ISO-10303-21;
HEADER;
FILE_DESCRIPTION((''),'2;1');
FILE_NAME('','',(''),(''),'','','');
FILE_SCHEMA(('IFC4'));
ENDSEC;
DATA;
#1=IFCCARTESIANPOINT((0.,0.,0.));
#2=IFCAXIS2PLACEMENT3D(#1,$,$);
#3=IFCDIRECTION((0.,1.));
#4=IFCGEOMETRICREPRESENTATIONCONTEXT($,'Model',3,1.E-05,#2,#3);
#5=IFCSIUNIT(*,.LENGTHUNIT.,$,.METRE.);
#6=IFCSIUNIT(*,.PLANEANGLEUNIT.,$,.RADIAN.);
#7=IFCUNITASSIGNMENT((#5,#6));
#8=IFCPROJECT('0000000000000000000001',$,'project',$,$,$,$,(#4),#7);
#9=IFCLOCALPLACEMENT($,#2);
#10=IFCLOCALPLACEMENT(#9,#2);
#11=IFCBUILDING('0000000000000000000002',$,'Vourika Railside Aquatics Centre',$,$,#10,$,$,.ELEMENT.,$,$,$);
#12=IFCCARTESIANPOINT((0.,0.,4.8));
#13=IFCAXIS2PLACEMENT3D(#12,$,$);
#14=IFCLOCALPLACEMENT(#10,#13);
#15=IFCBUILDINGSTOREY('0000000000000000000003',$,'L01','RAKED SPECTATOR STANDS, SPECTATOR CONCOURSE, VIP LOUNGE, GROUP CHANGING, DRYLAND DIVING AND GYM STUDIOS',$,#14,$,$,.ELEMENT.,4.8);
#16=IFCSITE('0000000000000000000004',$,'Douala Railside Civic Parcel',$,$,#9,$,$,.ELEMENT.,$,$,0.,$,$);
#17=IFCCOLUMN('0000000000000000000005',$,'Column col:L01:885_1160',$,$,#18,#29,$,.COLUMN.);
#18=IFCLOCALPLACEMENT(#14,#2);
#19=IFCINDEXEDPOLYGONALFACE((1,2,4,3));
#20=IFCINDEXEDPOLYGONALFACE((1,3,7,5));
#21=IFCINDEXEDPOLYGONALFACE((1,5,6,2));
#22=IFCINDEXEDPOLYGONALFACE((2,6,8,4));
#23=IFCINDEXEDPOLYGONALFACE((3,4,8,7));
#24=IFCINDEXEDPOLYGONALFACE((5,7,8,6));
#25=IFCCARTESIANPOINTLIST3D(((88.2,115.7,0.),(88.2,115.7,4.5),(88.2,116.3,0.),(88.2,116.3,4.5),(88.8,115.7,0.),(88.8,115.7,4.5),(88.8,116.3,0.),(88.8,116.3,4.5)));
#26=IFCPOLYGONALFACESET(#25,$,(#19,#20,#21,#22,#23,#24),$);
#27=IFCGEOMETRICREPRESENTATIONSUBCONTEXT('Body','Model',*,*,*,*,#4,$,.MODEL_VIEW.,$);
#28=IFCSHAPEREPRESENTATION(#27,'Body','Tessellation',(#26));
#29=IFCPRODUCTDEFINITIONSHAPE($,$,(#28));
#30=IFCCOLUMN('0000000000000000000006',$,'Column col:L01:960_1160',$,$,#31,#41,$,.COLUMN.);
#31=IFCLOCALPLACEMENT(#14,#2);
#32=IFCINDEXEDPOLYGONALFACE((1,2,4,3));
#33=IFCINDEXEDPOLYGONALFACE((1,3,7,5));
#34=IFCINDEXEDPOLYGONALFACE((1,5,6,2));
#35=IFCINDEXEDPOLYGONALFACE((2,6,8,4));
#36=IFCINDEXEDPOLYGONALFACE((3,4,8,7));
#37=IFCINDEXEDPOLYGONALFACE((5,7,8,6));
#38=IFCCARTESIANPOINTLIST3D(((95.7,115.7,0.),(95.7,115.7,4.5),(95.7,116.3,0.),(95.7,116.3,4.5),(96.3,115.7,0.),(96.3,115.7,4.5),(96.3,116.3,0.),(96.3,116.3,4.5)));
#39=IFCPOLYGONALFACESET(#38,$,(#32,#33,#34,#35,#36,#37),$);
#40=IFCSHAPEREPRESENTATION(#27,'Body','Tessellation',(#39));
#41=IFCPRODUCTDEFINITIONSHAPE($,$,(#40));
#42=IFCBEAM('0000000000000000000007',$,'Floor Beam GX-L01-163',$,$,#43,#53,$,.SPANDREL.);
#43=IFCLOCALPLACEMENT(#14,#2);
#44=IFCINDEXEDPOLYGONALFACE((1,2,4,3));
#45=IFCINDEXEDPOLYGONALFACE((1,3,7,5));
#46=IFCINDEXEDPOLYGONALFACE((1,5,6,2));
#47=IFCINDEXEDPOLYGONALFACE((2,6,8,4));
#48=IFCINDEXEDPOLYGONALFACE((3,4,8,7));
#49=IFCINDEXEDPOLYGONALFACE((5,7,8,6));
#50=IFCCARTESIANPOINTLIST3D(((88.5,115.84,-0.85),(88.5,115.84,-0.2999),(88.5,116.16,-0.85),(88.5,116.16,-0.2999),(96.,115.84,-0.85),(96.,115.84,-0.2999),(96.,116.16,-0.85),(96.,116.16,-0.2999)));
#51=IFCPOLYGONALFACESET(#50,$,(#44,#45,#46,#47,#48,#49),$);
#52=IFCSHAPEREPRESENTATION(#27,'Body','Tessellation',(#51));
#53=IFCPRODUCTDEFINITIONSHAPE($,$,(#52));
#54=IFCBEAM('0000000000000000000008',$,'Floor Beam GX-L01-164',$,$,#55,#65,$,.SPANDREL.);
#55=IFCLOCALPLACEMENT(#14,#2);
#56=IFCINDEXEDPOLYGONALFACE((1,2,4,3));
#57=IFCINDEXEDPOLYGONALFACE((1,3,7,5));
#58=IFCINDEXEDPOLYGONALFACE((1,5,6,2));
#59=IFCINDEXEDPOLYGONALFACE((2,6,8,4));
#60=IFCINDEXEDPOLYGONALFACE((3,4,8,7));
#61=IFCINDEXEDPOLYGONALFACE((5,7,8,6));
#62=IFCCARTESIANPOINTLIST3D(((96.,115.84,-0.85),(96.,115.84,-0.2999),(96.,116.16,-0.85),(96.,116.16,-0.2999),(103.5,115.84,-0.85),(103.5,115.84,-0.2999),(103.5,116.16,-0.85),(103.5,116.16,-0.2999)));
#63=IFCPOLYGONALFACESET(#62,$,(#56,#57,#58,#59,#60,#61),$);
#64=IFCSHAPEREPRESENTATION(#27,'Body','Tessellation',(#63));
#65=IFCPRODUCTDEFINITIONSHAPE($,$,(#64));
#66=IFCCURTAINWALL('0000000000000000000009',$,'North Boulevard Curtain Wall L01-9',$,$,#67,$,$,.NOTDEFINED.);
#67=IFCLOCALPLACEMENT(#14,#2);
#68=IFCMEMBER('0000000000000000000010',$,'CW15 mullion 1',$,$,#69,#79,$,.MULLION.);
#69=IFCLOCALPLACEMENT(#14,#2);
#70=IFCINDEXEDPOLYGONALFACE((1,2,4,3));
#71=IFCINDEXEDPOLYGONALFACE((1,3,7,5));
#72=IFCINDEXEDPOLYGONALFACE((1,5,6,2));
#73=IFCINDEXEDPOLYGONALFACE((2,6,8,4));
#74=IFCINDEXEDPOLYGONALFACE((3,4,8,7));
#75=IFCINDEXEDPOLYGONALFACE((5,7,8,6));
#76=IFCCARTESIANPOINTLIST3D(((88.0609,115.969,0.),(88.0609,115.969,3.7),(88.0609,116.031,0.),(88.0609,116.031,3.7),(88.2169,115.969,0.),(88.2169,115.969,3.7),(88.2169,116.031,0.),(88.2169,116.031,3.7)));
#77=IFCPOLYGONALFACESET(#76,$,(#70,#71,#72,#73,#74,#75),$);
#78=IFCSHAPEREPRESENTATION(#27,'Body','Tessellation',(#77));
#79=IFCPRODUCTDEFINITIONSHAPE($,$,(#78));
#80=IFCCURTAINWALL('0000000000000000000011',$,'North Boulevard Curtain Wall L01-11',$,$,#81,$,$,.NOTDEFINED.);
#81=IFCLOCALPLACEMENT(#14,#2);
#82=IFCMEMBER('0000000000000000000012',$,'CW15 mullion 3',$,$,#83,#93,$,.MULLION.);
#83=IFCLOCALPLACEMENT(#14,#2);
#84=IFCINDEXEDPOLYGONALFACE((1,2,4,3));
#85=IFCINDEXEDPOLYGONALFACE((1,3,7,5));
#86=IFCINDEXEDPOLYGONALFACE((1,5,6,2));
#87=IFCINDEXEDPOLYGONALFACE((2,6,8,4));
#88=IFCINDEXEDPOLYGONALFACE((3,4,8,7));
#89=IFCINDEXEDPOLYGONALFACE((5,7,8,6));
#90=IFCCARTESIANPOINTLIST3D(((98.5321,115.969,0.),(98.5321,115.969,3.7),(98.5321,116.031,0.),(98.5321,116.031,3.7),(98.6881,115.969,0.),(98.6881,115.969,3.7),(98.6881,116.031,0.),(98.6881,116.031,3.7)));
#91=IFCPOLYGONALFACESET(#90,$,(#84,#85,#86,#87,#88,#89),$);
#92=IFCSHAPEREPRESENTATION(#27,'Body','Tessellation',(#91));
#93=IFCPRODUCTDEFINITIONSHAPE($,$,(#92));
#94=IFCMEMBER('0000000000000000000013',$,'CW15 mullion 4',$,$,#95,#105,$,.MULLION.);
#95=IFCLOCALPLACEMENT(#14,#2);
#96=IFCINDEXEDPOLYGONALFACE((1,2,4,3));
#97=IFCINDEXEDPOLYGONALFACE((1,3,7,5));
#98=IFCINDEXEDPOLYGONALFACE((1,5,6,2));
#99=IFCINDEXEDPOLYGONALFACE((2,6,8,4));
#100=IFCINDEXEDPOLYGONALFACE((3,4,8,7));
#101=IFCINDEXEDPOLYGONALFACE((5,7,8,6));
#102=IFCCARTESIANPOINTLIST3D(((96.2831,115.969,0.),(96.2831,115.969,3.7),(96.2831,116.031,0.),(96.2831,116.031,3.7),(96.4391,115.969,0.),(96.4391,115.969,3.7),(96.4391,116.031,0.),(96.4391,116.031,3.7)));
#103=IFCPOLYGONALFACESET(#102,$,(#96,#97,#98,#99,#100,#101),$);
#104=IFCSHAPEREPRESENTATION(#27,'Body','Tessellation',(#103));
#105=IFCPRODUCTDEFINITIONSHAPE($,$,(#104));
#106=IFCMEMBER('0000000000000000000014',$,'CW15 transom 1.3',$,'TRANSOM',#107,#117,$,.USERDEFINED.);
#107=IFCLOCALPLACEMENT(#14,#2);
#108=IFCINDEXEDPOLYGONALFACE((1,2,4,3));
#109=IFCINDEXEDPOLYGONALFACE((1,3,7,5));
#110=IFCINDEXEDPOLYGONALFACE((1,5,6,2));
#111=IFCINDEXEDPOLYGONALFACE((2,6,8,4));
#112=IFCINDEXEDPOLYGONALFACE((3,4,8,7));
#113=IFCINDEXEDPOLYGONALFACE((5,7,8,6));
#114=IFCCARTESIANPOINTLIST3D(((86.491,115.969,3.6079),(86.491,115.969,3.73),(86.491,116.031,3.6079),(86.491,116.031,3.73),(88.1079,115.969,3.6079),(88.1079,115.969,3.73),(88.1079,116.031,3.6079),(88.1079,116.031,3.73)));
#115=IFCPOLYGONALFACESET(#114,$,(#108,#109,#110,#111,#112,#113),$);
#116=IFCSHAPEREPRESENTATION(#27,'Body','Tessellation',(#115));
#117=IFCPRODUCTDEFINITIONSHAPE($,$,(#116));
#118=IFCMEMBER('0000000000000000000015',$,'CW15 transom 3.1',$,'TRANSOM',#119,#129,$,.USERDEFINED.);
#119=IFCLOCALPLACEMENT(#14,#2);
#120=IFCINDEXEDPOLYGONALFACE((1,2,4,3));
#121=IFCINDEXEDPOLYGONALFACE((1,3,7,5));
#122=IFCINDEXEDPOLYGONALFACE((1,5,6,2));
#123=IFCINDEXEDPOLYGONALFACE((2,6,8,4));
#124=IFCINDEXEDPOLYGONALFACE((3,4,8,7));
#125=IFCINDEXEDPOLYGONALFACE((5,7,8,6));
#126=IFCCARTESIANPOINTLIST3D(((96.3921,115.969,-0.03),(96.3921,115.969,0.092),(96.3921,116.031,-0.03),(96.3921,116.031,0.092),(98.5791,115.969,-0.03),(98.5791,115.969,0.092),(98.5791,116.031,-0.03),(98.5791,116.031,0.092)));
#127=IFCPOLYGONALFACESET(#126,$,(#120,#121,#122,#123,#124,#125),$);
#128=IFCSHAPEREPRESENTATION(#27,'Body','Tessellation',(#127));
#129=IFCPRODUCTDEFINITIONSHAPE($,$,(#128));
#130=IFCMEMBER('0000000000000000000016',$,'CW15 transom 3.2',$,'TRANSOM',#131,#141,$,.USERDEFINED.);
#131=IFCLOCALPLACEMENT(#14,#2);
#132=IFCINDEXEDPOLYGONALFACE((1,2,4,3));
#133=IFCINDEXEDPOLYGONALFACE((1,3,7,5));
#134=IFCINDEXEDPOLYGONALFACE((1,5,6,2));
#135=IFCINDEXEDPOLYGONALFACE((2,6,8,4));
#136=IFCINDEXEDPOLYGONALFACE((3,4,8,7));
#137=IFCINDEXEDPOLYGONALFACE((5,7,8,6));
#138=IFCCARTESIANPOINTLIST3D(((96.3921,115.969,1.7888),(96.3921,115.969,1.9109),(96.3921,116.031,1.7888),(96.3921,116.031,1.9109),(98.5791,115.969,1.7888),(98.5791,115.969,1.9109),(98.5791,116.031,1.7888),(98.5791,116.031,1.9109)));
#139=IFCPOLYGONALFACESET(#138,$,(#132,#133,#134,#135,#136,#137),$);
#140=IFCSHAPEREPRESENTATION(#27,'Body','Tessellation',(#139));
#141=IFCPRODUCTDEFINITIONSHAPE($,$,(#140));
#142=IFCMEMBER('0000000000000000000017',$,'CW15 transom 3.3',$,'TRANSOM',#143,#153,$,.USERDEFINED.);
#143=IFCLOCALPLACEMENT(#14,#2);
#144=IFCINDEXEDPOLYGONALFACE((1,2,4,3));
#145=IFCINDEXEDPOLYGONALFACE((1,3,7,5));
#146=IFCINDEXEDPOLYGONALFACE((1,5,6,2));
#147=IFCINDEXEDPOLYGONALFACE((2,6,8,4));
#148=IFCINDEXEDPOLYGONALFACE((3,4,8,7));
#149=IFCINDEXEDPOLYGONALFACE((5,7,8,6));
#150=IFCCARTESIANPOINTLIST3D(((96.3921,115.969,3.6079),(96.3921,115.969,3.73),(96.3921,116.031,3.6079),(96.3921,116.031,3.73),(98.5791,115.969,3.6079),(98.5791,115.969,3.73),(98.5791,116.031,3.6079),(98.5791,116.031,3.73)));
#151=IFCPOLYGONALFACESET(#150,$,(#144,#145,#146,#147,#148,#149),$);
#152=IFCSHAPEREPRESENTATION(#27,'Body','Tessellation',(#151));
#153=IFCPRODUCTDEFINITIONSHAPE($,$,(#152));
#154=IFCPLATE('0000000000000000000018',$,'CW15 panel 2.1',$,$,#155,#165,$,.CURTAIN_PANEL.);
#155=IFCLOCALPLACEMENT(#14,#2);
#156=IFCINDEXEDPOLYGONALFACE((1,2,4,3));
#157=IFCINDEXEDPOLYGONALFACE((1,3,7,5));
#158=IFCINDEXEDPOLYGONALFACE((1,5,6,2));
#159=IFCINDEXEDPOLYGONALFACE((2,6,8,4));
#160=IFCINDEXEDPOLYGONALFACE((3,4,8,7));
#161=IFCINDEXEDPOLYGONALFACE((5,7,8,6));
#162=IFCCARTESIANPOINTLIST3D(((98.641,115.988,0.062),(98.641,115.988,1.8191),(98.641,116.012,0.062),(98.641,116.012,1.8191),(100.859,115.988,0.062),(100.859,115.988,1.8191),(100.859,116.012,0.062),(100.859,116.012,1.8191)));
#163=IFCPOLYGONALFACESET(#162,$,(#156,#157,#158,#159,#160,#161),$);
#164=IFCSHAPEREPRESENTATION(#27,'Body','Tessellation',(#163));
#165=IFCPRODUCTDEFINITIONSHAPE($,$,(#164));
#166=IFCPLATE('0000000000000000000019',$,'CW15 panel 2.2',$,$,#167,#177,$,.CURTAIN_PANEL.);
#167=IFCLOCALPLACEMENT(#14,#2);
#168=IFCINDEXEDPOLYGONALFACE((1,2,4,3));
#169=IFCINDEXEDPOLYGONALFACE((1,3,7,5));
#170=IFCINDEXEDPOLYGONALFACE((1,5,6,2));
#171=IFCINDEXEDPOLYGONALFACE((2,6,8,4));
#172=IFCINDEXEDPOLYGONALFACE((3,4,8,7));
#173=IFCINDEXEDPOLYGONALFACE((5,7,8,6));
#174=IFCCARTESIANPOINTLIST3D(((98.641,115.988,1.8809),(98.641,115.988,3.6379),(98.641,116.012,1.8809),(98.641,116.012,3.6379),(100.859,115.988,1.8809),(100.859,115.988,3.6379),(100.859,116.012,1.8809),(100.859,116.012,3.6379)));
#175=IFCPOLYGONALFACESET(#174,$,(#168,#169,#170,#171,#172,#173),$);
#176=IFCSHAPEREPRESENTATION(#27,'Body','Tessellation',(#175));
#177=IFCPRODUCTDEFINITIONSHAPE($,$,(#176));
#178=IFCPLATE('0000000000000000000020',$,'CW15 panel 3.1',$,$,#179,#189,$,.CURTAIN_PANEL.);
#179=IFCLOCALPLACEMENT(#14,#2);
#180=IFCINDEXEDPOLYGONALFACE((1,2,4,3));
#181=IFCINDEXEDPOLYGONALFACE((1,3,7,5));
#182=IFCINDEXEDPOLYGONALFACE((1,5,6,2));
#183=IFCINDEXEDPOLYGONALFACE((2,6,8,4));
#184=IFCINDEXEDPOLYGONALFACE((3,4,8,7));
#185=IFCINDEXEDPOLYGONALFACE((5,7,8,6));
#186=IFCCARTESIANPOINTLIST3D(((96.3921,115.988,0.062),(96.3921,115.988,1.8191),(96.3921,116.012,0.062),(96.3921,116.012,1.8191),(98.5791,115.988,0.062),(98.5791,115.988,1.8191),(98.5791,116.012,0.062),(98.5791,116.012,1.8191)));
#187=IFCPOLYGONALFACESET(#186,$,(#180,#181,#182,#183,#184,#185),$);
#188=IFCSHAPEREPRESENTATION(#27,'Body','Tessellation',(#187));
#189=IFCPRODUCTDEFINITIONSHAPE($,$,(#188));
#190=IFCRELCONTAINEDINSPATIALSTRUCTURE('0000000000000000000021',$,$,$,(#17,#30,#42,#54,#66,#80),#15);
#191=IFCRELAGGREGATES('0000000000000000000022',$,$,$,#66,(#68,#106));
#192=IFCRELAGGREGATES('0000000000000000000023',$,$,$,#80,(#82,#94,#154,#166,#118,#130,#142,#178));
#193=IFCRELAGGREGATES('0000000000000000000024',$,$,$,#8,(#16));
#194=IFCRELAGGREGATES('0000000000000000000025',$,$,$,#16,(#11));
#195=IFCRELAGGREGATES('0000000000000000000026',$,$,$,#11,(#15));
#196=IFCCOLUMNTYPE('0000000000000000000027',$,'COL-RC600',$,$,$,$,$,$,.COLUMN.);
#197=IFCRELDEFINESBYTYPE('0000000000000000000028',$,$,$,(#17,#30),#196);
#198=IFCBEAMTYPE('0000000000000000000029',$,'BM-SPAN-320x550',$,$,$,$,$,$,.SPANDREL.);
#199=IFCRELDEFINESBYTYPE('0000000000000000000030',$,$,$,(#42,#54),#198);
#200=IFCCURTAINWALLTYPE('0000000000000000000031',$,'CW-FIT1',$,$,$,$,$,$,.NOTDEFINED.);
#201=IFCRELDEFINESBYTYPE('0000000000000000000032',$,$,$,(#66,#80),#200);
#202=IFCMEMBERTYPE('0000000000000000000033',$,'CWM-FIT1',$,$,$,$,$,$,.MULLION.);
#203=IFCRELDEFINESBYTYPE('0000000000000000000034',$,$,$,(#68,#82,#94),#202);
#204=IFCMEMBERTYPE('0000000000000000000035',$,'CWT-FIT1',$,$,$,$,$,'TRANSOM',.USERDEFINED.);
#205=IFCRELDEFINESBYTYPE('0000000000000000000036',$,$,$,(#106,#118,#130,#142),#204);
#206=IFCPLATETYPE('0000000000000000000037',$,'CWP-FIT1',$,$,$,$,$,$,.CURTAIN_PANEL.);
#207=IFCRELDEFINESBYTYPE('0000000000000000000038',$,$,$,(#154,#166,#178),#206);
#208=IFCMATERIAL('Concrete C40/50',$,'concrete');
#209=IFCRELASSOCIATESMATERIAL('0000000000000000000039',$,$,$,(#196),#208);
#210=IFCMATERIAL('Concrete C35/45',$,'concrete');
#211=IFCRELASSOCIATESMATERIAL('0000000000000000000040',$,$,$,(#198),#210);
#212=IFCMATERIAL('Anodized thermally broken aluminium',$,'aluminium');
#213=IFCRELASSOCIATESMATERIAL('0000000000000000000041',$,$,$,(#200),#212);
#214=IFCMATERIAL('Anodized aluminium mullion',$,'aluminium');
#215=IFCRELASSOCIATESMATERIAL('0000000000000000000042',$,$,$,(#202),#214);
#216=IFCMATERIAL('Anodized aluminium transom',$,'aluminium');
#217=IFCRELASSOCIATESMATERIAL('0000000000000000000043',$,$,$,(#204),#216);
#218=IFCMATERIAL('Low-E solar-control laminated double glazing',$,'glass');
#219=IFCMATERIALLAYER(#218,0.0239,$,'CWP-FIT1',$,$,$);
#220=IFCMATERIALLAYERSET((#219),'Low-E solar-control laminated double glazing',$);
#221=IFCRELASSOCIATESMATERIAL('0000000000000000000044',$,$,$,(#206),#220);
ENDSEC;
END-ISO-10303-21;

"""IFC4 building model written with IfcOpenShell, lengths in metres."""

from ifc_helpers import new_model, si_unit, direction, frame, origin, origin_2d, place, context, subcontext, project, spatial, rectangle, extrude, material, layer, layer_set, material_profile, profile_set, type_object, element, aggregate, save


model = new_model("IFC4")

# Units and contexts
model_context = context("Model", 3, precision=1e-05, world=origin(), true_north=direction((0.0, 1.0)))
body_context = subcontext(model_context, "Body", "Model", "MODEL_VIEW")
ifc_project = project(units=[si_unit("LENGTHUNIT", "METRE"), si_unit("PLANEANGLEUNIT", "RADIAN")], contexts=[model_context])

# Site, building, storey
site_placement = place(None, origin())
site = spatial("IfcSite", under=ifc_project, at=site_placement, Name="Douala Railside Civic Parcel", CompositionType="ELEMENT", RefElevation=0.0)
building_placement = place(site_placement, origin())
building = spatial("IfcBuilding", under=site, at=building_placement, Name="Vourika Railside Aquatics Centre", CompositionType="ELEMENT")
storey_placement = place(building_placement, frame((0.0, 0.0, 4.8)))
storey = spatial("IfcBuildingStorey", under=building, at=storey_placement, Name="L01", Description="RAKED SPECTATOR STANDS, SPECTATOR CONCOURSE, VIP LOUNGE, GROUP CHANGING, DRYLAND DIVING AND GYM STUDIOS", CompositionType="ELEMENT", Elevation=4.8)

# Columns
ifc_material_1 = material(Name="Concrete C40/50", Category="concrete")
ifc_material_profile_1 = material_profile(ifc_material_1, rectangle(XDim=0.6001, YDim=0.6001, at=origin_2d()), Name="RC 600x600")
ifc_profile_set_1 = profile_set([ifc_material_profile_1], Name="Concrete C40/50")
column_type = type_object("IfcColumnType", Name="COL-RC600", PredefinedType="COLUMN", material=ifc_profile_set_1)
for number, where, z_axis, x_axis, name in (
    (1, (88.5, 116.0, 0.0), (0.0, 0.0, 1.0), (1.0, 0.0, 0.0), "Column col:L01:885_1160"),
    (2, (96.0, 116.0, 0.0), (0.0, 0.0, 1.0), (1.0, 0.0, 0.0), "Column col:L01:960_1160"),
):
    element("IfcColumn", number, at=place(storey_placement, frame(where, z_axis=z_axis, x_axis=x_axis)), inside=storey, type_object=column_type, Name=name, PredefinedType="COLUMN", context=body_context, shape_type="SweptSolid", body=[
        extrude(rectangle(XDim=0.6001, YDim=0.6001, at=origin_2d()), origin(), (0.0, 0.0, 1.0), 4.5),
    ])

# Beams
ifc_material_2 = material(Name="Concrete C35/45", Category="concrete")
ifc_material_profile_2 = material_profile(ifc_material_2, rectangle(XDim=0.3201, YDim=0.55, at=origin_2d()), Name="RC 320x550")
ifc_profile_set_2 = profile_set([ifc_material_profile_2], Name="Concrete C35/45")
beam_type = type_object("IfcBeamType", Name="BM-SPAN-320x550", PredefinedType="SPANDREL", material=ifc_profile_set_2)
for number, where, z_axis, x_axis, name in (
    (3, (88.5, 116.0, -0.575), (1.0, 0.0, 0.0), (0.0, 1.0, 0.0), "Floor Beam GX-L01-163"),
    (4, (96.0, 116.0, -0.575), (1.0, 0.0, 0.0), (0.0, 1.0, 0.0), "Floor Beam GX-L01-164"),
):
    element("IfcBeam", number, at=place(storey_placement, frame(where, z_axis=z_axis, x_axis=x_axis)), inside=storey, type_object=beam_type, Name=name, PredefinedType="SPANDREL", context=body_context, shape_type="SweptSolid", body=[
        extrude(rectangle(XDim=0.3201, YDim=0.55, at=origin_2d()), origin(), (0.0, 0.0, 1.0), 7.5),
    ])

# Curtain wall, member
ifc_material_3 = material(Name="Anodized thermally broken aluminium", Category="aluminium")
curtain_wall_type = type_object("IfcCurtainWallType", Name="CW-FIT1", PredefinedType="NOTDEFINED", material=ifc_material_3)
curtain_wall_1_placement = place(storey_placement, origin())
curtain_wall_1 = element("IfcCurtainWall", 5, at=curtain_wall_1_placement, inside=storey, type_object=curtain_wall_type, Name="North Boulevard Curtain Wall L01-9", PredefinedType="NOTDEFINED")
ifc_material_4 = material(Name="Anodized aluminium mullion", Category="aluminium")
ifc_material_profile_3 = material_profile(ifc_material_4, rectangle(XDim=0.062, YDim=0.156, at=origin_2d()), Name="ALU-M 62x156")
ifc_profile_set_3 = profile_set([ifc_material_profile_3], Name="Anodized aluminium mullion")
member_type_1 = type_object("IfcMemberType", Name="CWM-FIT1", PredefinedType="MULLION", material=ifc_profile_set_3)
member_1_placement = place(storey_placement, frame((88.1389, 116.0, 0.0), z_axis=(0.0, 0.0, 1.0), x_axis=(0.0, -1.0, 0.0)))
member_1 = element("IfcMember", 6, at=member_1_placement, type_object=member_type_1, Name="CW15 mullion 1", PredefinedType="MULLION", context=body_context, shape_type="SweptSolid", body=[
    extrude(rectangle(XDim=0.062, YDim=0.156, at=origin_2d()), origin(), (0.0, 0.0, 1.0), 3.7),
])

# Curtain wall, members
curtain_wall_2_placement = place(storey_placement, origin())
curtain_wall_2 = element("IfcCurtainWall", 7, at=curtain_wall_2_placement, inside=storey, type_object=curtain_wall_type, Name="North Boulevard Curtain Wall L01-11", PredefinedType="NOTDEFINED")
member_2_placement = place(storey_placement, frame((98.6101, 116.0, 0.0), z_axis=(0.0, 0.0, 1.0), x_axis=(0.0, -1.0, 0.0)))
member_2 = element("IfcMember", 8, at=member_2_placement, type_object=member_type_1, Name="CW15 mullion 3", PredefinedType="MULLION", context=body_context, shape_type="SweptSolid", body=[
    extrude(rectangle(XDim=0.062, YDim=0.156, at=origin_2d()), origin(), (0.0, 0.0, 1.0), 3.7),
])
member_3_placement = place(storey_placement, frame((96.3611, 116.0, 0.0), z_axis=(0.0, 0.0, 1.0), x_axis=(0.0, -1.0, 0.0)))
member_3 = element("IfcMember", 9, at=member_3_placement, type_object=member_type_1, Name="CW15 mullion 4", PredefinedType="MULLION", context=body_context, shape_type="SweptSolid", body=[
    extrude(rectangle(XDim=0.062, YDim=0.156, at=origin_2d()), origin(), (0.0, 0.0, 1.0), 3.7),
])

# Members
ifc_material_5 = material(Name="Anodized aluminium transom", Category="aluminium")
ifc_material_profile_4 = material_profile(ifc_material_5, rectangle(XDim=0.062, YDim=0.1221, at=origin_2d()), Name="ALU-T 62x122")
ifc_profile_set_4 = profile_set([ifc_material_profile_4], Name="Anodized aluminium transom")
member_type_2 = type_object("IfcMemberType", Name="CWT-FIT1", ElementType="TRANSOM", PredefinedType="USERDEFINED", material=ifc_profile_set_4)
member_4_placement = place(storey_placement, frame((88.1079, 116.0, 3.6689), z_axis=(-1.0, 0.0, 0.0), x_axis=(0.0, -1.0, 0.0)))
member_4 = element("IfcMember", 10, at=member_4_placement, type_object=member_type_2, Name="CW15 transom 1.3", ObjectType="TRANSOM", PredefinedType="USERDEFINED", context=body_context, shape_type="SweptSolid", body=[
    extrude(rectangle(XDim=0.062, YDim=0.1221, at=origin_2d()), origin(), (0.0, 0.0, 1.0), 1.6169),
])
aggregate(curtain_wall_1, [member_1, member_4])
member_5_placement = place(storey_placement, frame((98.5791, 116.0, 0.031), z_axis=(-1.0, 0.0, 0.0), x_axis=(0.0, -1.0, 0.0)))
member_5 = element("IfcMember", 11, at=member_5_placement, type_object=member_type_2, Name="CW15 transom 3.1", ObjectType="TRANSOM", PredefinedType="USERDEFINED", context=body_context, shape_type="SweptSolid", body=[
    extrude(rectangle(XDim=0.062, YDim=0.1221, at=origin_2d()), origin(), (0.0, 0.0, 1.0), 2.187),
])
member_6_placement = place(storey_placement, frame((98.5791, 116.0, 1.8499), z_axis=(-1.0, 0.0, 0.0), x_axis=(0.0, -1.0, 0.0)))
member_6 = element("IfcMember", 12, at=member_6_placement, type_object=member_type_2, Name="CW15 transom 3.2", ObjectType="TRANSOM", PredefinedType="USERDEFINED", context=body_context, shape_type="SweptSolid", body=[
    extrude(rectangle(XDim=0.062, YDim=0.1221, at=origin_2d()), origin(), (0.0, 0.0, 1.0), 2.187),
])
member_7_placement = place(storey_placement, frame((98.5791, 116.0, 3.6689), z_axis=(-1.0, 0.0, 0.0), x_axis=(0.0, -1.0, 0.0)))
member_7 = element("IfcMember", 13, at=member_7_placement, type_object=member_type_2, Name="CW15 transom 3.3", ObjectType="TRANSOM", PredefinedType="USERDEFINED", context=body_context, shape_type="SweptSolid", body=[
    extrude(rectangle(XDim=0.062, YDim=0.1221, at=origin_2d()), origin(), (0.0, 0.0, 1.0), 2.187),
])

# Plates
ifc_material_6 = material(Name="Low-E solar-control laminated double glazing", Category="glass")
ifc_layer_1 = layer(ifc_material_6, 0.0239, Name="CWP-FIT1")
ifc_layer_set_1 = layer_set([ifc_layer_1], Name="Low-E solar-control laminated double glazing")
plate_type = type_object("IfcPlateType", Name="CWP-FIT1", PredefinedType="CURTAIN_PANEL", material=ifc_layer_set_1)
plate_1_placement = place(storey_placement, frame((99.75, 116.0, 0.062), z_axis=(0.0, 0.0, 1.0), x_axis=(-1.0, 0.0, 0.0)))
plate_1 = element("IfcPlate", 14, at=plate_1_placement, type_object=plate_type, Name="CW15 panel 2.1", PredefinedType="CURTAIN_PANEL", context=body_context, shape_type="SweptSolid", body=[
    extrude(rectangle(XDim=2.218, YDim=0.0239, at=origin_2d()), origin(), (0.0, 0.0, 1.0), 1.7571),
])
plate_2_placement = place(storey_placement, frame((99.75, 116.0, 1.8809), z_axis=(0.0, 0.0, 1.0), x_axis=(-1.0, 0.0, 0.0)))
plate_2 = element("IfcPlate", 15, at=plate_2_placement, type_object=plate_type, Name="CW15 panel 2.2", PredefinedType="CURTAIN_PANEL", context=body_context, shape_type="SweptSolid", body=[
    extrude(rectangle(XDim=2.218, YDim=0.0239, at=origin_2d()), origin(), (0.0, 0.0, 1.0), 1.7571),
])
plate_3_placement = place(storey_placement, frame((97.4856, 116.0, 0.062), z_axis=(0.0, 0.0, 1.0), x_axis=(-1.0, 0.0, 0.0)))
plate_3 = element("IfcPlate", 16, at=plate_3_placement, type_object=plate_type, Name="CW15 panel 3.1", PredefinedType="CURTAIN_PANEL", context=body_context, shape_type="SweptSolid", body=[
    extrude(rectangle(XDim=2.187, YDim=0.0239, at=origin_2d()), origin(), (0.0, 0.0, 1.0), 1.7571),
])
aggregate(curtain_wall_2, [member_2, member_3, plate_1, plate_2, member_5, member_6, member_7, plate_3])

save(model, "model.ifc")
